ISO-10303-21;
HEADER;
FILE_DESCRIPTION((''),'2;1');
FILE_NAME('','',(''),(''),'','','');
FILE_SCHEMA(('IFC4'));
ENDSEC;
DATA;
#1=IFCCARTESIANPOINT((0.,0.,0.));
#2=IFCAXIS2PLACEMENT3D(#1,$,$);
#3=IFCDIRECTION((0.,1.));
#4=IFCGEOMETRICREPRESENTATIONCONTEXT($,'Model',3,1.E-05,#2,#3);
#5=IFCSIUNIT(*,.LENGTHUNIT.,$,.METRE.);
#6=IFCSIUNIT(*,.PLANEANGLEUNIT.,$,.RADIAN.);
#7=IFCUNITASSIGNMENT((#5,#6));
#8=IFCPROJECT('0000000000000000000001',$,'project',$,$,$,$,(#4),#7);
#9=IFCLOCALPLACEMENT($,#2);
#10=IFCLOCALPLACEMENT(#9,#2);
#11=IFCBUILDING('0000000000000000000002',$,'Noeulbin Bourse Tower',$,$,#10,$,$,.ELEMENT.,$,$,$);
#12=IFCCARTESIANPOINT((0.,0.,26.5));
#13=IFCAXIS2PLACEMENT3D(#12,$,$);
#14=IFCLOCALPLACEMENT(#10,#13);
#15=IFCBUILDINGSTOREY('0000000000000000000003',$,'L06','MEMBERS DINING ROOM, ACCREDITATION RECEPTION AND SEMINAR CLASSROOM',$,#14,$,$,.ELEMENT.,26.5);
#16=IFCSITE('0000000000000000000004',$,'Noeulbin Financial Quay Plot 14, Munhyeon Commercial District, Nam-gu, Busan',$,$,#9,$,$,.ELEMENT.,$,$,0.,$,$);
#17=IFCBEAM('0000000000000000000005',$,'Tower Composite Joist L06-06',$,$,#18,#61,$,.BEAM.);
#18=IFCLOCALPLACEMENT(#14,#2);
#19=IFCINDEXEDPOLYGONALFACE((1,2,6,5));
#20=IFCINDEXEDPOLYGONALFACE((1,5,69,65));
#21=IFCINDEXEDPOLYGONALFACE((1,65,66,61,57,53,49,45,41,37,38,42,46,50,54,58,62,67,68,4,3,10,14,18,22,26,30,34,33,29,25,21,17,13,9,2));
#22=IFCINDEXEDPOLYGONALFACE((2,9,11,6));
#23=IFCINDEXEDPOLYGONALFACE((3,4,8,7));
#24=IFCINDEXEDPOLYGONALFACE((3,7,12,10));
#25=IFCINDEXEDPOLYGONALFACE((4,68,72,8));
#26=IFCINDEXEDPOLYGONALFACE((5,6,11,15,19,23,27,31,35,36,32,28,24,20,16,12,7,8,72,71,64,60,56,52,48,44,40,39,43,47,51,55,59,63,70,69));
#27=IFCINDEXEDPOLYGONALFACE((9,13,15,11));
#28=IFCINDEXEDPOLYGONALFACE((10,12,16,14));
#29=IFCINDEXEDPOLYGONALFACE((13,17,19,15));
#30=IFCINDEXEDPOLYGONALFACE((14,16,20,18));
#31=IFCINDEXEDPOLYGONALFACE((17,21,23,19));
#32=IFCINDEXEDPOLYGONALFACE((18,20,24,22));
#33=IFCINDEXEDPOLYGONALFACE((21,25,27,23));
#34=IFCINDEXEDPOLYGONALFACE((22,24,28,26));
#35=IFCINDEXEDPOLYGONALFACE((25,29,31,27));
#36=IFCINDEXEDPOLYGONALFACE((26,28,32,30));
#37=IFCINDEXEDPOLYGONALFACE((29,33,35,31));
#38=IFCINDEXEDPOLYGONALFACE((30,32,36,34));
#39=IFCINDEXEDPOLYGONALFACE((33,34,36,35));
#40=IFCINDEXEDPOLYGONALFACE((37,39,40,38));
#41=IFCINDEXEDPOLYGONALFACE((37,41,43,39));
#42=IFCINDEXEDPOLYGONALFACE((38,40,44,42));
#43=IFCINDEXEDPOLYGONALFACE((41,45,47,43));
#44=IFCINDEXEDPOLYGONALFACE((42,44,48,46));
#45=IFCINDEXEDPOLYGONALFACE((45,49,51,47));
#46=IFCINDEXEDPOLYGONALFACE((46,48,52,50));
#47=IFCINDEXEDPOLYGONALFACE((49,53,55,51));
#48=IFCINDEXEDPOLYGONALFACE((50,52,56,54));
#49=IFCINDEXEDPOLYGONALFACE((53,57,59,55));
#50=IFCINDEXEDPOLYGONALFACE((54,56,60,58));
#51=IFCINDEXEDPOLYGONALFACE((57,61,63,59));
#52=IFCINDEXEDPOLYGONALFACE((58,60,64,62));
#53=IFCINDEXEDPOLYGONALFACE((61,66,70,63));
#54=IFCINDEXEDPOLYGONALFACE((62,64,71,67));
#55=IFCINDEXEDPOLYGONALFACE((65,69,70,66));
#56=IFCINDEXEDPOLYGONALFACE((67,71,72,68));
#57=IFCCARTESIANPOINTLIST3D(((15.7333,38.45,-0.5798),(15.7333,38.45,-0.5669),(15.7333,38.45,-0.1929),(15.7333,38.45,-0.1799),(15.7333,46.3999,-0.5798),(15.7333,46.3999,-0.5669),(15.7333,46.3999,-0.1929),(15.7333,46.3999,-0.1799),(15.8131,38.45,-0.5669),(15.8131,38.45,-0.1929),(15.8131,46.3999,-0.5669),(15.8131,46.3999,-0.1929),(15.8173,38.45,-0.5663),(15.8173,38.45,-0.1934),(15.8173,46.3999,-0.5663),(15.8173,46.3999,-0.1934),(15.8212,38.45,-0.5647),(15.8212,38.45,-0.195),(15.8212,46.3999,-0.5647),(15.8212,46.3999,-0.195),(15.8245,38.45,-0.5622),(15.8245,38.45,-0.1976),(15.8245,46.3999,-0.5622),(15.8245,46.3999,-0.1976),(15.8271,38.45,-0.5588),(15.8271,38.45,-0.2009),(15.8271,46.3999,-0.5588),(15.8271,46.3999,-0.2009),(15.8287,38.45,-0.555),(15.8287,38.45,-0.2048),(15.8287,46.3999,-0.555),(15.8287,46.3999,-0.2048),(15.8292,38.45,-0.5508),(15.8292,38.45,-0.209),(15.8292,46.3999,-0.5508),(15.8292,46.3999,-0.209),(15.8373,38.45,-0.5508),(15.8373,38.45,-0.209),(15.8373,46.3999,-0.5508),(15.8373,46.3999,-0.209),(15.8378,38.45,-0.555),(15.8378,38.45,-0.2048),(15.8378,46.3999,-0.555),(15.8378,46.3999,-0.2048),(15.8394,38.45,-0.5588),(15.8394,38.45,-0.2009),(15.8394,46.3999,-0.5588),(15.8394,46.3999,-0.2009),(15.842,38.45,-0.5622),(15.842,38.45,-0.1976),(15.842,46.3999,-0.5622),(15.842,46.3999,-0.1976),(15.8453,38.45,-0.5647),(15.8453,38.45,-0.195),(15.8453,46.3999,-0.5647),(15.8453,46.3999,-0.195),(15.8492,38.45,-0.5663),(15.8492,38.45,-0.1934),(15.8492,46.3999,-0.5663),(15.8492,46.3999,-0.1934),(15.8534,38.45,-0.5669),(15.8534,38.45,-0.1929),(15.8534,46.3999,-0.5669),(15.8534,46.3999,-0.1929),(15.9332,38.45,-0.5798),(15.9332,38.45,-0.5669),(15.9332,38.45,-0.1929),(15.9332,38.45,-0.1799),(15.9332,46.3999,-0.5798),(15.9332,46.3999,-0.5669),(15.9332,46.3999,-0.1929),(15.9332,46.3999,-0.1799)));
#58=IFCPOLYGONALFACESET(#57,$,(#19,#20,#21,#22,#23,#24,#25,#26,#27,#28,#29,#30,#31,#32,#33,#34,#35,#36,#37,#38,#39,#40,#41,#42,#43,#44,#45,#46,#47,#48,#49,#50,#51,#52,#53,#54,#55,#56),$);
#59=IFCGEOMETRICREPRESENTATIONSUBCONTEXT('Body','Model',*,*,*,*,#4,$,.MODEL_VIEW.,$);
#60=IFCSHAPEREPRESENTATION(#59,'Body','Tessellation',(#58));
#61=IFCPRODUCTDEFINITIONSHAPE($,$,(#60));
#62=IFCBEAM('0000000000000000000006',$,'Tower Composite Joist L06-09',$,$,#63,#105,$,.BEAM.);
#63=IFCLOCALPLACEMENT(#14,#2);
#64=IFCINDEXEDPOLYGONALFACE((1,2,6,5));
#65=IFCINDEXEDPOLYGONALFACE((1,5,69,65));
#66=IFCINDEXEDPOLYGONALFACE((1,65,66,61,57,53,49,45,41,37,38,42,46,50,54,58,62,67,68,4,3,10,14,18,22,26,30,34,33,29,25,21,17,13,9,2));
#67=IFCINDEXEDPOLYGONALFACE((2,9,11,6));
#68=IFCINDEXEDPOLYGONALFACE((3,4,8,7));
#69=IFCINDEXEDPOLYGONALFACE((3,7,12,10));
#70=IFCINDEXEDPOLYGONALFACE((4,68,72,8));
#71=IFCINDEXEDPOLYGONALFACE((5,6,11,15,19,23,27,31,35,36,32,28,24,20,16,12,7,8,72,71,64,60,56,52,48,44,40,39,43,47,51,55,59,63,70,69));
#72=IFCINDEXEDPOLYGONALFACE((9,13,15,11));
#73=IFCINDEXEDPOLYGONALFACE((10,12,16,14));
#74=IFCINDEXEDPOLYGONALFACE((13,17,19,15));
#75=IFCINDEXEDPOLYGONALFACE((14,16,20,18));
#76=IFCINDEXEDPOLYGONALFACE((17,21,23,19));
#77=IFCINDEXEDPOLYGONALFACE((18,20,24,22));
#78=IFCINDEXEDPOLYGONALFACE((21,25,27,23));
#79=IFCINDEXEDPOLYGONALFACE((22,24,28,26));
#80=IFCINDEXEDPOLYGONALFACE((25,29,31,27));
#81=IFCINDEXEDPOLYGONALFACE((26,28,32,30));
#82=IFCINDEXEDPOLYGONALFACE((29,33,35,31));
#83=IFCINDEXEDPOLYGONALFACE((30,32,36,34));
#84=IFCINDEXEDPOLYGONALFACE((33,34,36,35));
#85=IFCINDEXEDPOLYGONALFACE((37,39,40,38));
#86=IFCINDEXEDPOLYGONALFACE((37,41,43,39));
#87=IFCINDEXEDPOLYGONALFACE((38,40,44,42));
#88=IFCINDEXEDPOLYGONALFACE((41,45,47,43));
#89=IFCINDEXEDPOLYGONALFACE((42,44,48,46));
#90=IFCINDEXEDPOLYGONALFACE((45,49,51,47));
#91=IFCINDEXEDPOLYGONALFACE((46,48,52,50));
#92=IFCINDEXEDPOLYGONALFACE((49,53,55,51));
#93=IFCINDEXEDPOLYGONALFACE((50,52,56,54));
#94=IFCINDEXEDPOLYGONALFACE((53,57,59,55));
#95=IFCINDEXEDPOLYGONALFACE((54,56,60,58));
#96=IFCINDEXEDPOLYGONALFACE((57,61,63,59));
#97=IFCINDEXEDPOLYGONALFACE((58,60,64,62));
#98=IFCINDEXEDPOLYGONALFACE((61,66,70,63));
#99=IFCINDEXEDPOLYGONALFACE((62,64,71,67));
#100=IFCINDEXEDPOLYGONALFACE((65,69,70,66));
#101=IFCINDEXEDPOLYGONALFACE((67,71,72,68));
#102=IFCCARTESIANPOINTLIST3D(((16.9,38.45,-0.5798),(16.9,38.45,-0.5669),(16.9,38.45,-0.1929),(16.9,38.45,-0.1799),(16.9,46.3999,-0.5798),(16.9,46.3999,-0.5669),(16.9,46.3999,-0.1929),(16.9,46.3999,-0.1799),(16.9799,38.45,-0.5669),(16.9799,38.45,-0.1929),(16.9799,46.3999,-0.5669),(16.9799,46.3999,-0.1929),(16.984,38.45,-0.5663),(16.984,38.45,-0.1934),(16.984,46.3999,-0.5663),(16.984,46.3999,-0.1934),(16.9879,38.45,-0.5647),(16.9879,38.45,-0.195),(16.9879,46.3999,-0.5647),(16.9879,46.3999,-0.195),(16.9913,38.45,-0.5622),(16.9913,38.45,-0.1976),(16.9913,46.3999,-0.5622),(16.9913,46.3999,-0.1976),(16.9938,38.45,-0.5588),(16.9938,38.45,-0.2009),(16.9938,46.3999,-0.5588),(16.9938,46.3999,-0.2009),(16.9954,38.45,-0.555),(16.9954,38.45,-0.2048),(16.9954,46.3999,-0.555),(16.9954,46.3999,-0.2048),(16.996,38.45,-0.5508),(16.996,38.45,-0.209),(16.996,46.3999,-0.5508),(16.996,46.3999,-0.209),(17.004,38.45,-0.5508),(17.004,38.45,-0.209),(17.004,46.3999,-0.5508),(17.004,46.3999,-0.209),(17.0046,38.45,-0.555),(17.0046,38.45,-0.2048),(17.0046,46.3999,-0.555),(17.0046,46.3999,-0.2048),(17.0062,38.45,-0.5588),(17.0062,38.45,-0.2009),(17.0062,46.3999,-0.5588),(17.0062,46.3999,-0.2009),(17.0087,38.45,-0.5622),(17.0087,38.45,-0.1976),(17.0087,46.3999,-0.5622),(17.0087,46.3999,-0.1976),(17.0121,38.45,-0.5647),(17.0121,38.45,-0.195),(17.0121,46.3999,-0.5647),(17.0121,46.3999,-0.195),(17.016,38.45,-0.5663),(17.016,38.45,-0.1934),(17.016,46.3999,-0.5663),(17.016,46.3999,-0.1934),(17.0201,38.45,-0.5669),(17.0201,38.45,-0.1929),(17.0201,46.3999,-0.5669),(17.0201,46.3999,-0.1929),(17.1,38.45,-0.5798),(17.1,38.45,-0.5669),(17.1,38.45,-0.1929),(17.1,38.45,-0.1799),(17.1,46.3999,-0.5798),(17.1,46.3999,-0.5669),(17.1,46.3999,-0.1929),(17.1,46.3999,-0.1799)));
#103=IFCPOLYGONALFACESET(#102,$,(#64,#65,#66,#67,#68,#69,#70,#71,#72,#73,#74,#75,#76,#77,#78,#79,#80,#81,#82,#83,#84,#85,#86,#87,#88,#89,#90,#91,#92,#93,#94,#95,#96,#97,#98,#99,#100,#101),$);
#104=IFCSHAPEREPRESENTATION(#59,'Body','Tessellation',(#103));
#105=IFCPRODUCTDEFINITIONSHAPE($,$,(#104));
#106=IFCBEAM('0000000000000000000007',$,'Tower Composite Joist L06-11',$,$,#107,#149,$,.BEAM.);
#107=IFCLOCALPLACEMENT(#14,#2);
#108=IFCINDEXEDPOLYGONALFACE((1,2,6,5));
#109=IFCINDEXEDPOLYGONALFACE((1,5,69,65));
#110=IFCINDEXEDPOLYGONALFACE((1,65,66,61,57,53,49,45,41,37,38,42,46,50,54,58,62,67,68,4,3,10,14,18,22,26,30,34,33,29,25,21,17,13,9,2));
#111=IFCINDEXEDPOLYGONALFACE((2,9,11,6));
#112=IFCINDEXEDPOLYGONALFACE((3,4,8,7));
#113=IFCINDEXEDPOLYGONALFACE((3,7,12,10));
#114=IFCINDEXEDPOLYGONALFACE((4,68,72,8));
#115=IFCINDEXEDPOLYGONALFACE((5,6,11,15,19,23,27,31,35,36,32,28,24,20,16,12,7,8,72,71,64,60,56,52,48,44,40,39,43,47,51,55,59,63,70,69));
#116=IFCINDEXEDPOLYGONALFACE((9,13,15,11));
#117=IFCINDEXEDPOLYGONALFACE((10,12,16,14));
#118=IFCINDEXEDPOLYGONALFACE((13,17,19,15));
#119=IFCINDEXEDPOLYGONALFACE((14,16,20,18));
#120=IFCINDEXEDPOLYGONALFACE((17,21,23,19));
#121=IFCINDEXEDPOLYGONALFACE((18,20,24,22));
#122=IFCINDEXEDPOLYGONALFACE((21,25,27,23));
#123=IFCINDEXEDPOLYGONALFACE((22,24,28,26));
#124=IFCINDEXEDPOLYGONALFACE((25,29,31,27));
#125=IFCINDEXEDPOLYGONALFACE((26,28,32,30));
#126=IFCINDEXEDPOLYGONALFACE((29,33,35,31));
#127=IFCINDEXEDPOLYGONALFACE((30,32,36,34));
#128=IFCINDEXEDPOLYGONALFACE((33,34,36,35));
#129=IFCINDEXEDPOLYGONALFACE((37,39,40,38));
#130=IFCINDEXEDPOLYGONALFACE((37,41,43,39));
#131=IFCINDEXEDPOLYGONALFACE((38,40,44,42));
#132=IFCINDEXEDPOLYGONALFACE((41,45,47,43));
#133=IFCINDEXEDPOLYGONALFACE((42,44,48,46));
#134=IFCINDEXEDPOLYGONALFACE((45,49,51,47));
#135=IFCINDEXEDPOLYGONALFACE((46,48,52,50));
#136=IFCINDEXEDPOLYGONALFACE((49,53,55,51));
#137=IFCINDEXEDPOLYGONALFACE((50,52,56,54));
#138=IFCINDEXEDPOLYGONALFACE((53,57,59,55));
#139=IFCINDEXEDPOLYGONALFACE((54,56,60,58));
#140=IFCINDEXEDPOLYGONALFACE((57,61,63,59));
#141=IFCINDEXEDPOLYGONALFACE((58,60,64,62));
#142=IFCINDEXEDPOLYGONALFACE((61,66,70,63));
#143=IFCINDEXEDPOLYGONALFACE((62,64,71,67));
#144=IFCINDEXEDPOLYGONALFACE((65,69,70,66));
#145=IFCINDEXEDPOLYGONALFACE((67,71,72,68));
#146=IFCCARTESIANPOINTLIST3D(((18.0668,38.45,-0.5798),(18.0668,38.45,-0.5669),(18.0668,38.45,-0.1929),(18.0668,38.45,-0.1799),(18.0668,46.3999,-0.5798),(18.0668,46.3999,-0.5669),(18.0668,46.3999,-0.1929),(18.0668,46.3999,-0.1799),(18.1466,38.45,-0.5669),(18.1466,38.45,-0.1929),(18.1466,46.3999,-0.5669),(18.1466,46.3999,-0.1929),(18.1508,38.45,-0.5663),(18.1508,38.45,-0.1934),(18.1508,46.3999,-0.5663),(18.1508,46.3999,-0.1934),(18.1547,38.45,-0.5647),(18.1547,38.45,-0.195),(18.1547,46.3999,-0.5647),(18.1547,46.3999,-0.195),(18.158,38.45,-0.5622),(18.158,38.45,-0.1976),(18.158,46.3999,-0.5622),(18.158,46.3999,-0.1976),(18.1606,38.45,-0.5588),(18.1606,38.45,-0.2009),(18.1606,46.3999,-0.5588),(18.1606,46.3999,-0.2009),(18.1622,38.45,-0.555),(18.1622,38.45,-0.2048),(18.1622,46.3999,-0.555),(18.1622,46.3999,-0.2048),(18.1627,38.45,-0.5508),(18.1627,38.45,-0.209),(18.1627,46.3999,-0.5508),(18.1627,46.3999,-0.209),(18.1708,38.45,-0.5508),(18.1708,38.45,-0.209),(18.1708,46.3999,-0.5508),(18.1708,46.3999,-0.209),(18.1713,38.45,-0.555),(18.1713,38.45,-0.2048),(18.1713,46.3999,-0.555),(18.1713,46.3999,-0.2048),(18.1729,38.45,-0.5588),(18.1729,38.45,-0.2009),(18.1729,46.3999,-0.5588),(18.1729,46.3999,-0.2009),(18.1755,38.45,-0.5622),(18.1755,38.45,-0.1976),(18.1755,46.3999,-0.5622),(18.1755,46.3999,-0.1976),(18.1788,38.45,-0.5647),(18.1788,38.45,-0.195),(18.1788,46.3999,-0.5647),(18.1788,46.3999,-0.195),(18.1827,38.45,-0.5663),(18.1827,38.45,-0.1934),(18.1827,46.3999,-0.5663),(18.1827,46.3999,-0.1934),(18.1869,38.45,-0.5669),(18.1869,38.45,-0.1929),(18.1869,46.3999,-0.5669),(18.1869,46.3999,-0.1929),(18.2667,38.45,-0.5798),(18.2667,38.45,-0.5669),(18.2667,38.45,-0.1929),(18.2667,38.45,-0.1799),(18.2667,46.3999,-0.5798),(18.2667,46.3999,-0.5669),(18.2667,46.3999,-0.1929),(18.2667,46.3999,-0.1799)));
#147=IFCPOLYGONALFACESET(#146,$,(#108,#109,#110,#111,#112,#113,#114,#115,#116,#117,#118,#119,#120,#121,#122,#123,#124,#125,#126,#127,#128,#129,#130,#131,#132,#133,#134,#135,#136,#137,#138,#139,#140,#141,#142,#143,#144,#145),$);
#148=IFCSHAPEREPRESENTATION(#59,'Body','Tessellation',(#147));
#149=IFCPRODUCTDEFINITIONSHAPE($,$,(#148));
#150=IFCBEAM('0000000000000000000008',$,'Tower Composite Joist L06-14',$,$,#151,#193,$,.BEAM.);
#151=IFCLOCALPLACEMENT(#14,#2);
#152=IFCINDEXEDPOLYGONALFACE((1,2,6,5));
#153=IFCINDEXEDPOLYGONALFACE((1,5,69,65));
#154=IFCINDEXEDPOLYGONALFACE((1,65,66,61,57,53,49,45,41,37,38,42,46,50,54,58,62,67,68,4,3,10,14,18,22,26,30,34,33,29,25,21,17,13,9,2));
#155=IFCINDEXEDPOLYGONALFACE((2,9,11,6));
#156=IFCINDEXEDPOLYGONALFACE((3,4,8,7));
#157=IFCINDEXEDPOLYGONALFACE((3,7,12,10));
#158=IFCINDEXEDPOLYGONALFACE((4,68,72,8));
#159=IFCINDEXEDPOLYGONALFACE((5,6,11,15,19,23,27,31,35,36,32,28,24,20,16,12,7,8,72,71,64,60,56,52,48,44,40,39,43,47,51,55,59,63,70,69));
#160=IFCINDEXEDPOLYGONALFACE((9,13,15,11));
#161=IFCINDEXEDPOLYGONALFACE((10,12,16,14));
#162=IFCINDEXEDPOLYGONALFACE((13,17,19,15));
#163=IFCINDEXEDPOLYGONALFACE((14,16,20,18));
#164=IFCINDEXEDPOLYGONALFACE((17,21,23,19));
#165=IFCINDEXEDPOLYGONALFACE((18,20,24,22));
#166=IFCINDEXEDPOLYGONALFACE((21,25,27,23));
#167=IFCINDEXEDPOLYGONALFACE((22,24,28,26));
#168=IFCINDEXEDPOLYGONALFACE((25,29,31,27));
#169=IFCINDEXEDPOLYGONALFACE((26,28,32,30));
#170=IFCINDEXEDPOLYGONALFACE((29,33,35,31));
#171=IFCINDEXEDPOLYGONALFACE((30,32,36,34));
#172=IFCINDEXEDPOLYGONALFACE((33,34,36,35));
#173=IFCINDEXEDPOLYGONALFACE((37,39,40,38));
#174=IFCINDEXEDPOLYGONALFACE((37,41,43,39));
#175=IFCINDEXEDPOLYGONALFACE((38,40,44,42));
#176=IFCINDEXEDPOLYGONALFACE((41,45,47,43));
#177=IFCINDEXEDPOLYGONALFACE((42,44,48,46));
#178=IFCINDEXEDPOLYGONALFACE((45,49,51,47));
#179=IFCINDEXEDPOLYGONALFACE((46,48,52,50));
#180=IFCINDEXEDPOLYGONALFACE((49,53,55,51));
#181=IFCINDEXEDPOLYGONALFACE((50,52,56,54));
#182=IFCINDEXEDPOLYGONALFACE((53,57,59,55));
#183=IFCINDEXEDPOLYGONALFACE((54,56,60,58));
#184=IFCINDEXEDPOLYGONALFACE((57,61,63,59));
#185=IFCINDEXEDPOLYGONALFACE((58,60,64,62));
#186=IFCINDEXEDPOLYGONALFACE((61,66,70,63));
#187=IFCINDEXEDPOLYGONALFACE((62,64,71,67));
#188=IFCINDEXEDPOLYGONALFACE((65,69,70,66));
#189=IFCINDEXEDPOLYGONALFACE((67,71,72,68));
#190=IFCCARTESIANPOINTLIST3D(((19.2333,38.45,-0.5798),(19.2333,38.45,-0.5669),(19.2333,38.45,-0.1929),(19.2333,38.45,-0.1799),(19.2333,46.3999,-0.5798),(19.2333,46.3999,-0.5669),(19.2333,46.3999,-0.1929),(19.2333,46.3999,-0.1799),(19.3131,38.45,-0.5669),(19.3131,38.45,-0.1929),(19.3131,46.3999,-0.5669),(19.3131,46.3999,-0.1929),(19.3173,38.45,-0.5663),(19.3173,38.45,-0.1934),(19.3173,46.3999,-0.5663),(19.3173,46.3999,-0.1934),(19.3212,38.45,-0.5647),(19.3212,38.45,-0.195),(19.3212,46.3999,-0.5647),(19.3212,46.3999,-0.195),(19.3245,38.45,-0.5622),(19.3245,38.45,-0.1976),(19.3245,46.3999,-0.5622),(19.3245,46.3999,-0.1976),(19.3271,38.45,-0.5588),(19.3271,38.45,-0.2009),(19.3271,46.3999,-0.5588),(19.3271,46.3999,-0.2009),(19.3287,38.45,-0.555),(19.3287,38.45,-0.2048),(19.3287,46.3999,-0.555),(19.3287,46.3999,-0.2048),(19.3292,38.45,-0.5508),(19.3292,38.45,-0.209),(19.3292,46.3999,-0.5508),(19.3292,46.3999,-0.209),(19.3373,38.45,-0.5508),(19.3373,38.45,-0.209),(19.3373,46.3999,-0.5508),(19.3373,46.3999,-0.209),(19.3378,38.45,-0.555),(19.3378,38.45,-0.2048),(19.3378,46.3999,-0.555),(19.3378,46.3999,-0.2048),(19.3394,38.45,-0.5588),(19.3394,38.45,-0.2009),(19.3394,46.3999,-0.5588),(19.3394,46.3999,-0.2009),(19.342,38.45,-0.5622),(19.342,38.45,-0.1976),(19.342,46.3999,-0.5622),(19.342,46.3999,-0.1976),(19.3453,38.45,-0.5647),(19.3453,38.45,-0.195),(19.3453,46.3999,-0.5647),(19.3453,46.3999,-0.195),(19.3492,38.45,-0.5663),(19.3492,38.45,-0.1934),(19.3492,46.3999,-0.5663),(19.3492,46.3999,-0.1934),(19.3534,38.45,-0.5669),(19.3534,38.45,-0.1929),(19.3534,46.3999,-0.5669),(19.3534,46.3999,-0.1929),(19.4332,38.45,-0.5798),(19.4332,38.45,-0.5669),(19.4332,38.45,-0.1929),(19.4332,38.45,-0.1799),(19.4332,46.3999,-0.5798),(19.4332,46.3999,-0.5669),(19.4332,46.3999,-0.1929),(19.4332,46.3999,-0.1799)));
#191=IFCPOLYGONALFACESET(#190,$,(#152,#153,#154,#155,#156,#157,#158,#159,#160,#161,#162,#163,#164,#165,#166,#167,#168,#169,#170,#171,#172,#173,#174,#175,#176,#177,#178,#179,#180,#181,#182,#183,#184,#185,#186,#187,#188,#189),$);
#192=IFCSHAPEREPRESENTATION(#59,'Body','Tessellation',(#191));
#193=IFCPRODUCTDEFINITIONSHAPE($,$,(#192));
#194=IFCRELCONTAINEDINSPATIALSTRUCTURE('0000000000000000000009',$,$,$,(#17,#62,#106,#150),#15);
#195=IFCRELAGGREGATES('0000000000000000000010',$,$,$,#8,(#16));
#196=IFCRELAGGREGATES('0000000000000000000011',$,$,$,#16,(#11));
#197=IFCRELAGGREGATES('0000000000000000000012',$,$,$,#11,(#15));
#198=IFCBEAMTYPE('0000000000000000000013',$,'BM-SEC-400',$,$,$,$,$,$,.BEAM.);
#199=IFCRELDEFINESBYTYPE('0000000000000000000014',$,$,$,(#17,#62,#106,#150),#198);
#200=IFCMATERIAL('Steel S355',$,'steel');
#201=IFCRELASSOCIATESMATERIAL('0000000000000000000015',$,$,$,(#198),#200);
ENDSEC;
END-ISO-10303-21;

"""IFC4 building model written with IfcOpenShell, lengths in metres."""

from ifc_helpers import new_model, si_unit, direction, frame, origin, origin_2d, place, context, subcontext, project, spatial, i_section, extrude, material, material_profile, profile_set, type_object, element, save


model = new_model("IFC4")

# Units and contexts
model_context = context("Model", 3, precision=1e-05, world=origin(), true_north=direction((0.0, 1.0)))
body_context = subcontext(model_context, "Body", "Model", "MODEL_VIEW")
ifc_project = project(units=[si_unit("LENGTHUNIT", "METRE"), si_unit("PLANEANGLEUNIT", "RADIAN")], contexts=[model_context])

# Site, building, storey
site_placement = place(None, origin())
site = spatial("IfcSite", under=ifc_project, at=site_placement, Name="Noeulbin Financial Quay Plot 14, Munhyeon Commercial District, Nam-gu, Busan", CompositionType="ELEMENT", RefElevation=0.0)
building_placement = place(site_placement, origin())
building = spatial("IfcBuilding", under=site, at=building_placement, Name="Noeulbin Bourse Tower", CompositionType="ELEMENT")
storey_placement = place(building_placement, frame((0.0, 0.0, 26.5)))
storey = spatial("IfcBuildingStorey", under=building, at=storey_placement, Name="L06", Description="MEMBERS DINING ROOM, ACCREDITATION RECEPTION AND SEMINAR CLASSROOM", CompositionType="ELEMENT", Elevation=26.5)

# Beams
ifc_material_1 = material(Name="Steel S355", Category="steel")
ifc_material_profile_1 = material_profile(ifc_material_1, i_section(OverallWidth=0.2, OverallDepth=0.3999, WebThickness=0.0081, FlangeThickness=0.0129, FilletRadius=0.0161, at=origin_2d()), Name="H-400x200x8x13", Category="LoadBearing")
ifc_profile_set_1 = profile_set([ifc_material_profile_1], Name="Steel S355")
beam_type_1 = type_object("IfcBeamType", Name="BM-SEC-400", PredefinedType="BEAM", material=ifc_profile_set_1)
for number, where, z_axis, x_axis, name in (
    (1, (15.8333, 38.45, -0.3799), (0.0, 1.0, 0.0), (-1.0, 0.0, 0.0), "Tower Composite Joist L06-06"),
    (2, (17.0, 38.45, -0.3799), (0.0, 1.0, 0.0), (-1.0, 0.0, 0.0), "Tower Composite Joist L06-09"),
    (3, (18.1667, 38.45, -0.3799), (0.0, 1.0, 0.0), (-1.0, 0.0, 0.0), "Tower Composite Joist L06-11"),
    (4, (19.3333, 38.45, -0.3799), (0.0, 1.0, 0.0), (-1.0, 0.0, 0.0), "Tower Composite Joist L06-14"),
):
    element("IfcBeam", number, at=place(storey_placement, frame(where, z_axis=z_axis, x_axis=x_axis)), inside=storey, type_object=beam_type_1, Name=name, PredefinedType="BEAM", context=body_context, shape_type="SweptSolid", body=[
        extrude(i_section(OverallWidth=0.2, OverallDepth=0.3999, WebThickness=0.0081, FlangeThickness=0.0129, FilletRadius=0.0161, at=origin_2d()), origin(), (0.0, 0.0, 1.0), 7.95),
    ])

save(model, "model.ifc")
